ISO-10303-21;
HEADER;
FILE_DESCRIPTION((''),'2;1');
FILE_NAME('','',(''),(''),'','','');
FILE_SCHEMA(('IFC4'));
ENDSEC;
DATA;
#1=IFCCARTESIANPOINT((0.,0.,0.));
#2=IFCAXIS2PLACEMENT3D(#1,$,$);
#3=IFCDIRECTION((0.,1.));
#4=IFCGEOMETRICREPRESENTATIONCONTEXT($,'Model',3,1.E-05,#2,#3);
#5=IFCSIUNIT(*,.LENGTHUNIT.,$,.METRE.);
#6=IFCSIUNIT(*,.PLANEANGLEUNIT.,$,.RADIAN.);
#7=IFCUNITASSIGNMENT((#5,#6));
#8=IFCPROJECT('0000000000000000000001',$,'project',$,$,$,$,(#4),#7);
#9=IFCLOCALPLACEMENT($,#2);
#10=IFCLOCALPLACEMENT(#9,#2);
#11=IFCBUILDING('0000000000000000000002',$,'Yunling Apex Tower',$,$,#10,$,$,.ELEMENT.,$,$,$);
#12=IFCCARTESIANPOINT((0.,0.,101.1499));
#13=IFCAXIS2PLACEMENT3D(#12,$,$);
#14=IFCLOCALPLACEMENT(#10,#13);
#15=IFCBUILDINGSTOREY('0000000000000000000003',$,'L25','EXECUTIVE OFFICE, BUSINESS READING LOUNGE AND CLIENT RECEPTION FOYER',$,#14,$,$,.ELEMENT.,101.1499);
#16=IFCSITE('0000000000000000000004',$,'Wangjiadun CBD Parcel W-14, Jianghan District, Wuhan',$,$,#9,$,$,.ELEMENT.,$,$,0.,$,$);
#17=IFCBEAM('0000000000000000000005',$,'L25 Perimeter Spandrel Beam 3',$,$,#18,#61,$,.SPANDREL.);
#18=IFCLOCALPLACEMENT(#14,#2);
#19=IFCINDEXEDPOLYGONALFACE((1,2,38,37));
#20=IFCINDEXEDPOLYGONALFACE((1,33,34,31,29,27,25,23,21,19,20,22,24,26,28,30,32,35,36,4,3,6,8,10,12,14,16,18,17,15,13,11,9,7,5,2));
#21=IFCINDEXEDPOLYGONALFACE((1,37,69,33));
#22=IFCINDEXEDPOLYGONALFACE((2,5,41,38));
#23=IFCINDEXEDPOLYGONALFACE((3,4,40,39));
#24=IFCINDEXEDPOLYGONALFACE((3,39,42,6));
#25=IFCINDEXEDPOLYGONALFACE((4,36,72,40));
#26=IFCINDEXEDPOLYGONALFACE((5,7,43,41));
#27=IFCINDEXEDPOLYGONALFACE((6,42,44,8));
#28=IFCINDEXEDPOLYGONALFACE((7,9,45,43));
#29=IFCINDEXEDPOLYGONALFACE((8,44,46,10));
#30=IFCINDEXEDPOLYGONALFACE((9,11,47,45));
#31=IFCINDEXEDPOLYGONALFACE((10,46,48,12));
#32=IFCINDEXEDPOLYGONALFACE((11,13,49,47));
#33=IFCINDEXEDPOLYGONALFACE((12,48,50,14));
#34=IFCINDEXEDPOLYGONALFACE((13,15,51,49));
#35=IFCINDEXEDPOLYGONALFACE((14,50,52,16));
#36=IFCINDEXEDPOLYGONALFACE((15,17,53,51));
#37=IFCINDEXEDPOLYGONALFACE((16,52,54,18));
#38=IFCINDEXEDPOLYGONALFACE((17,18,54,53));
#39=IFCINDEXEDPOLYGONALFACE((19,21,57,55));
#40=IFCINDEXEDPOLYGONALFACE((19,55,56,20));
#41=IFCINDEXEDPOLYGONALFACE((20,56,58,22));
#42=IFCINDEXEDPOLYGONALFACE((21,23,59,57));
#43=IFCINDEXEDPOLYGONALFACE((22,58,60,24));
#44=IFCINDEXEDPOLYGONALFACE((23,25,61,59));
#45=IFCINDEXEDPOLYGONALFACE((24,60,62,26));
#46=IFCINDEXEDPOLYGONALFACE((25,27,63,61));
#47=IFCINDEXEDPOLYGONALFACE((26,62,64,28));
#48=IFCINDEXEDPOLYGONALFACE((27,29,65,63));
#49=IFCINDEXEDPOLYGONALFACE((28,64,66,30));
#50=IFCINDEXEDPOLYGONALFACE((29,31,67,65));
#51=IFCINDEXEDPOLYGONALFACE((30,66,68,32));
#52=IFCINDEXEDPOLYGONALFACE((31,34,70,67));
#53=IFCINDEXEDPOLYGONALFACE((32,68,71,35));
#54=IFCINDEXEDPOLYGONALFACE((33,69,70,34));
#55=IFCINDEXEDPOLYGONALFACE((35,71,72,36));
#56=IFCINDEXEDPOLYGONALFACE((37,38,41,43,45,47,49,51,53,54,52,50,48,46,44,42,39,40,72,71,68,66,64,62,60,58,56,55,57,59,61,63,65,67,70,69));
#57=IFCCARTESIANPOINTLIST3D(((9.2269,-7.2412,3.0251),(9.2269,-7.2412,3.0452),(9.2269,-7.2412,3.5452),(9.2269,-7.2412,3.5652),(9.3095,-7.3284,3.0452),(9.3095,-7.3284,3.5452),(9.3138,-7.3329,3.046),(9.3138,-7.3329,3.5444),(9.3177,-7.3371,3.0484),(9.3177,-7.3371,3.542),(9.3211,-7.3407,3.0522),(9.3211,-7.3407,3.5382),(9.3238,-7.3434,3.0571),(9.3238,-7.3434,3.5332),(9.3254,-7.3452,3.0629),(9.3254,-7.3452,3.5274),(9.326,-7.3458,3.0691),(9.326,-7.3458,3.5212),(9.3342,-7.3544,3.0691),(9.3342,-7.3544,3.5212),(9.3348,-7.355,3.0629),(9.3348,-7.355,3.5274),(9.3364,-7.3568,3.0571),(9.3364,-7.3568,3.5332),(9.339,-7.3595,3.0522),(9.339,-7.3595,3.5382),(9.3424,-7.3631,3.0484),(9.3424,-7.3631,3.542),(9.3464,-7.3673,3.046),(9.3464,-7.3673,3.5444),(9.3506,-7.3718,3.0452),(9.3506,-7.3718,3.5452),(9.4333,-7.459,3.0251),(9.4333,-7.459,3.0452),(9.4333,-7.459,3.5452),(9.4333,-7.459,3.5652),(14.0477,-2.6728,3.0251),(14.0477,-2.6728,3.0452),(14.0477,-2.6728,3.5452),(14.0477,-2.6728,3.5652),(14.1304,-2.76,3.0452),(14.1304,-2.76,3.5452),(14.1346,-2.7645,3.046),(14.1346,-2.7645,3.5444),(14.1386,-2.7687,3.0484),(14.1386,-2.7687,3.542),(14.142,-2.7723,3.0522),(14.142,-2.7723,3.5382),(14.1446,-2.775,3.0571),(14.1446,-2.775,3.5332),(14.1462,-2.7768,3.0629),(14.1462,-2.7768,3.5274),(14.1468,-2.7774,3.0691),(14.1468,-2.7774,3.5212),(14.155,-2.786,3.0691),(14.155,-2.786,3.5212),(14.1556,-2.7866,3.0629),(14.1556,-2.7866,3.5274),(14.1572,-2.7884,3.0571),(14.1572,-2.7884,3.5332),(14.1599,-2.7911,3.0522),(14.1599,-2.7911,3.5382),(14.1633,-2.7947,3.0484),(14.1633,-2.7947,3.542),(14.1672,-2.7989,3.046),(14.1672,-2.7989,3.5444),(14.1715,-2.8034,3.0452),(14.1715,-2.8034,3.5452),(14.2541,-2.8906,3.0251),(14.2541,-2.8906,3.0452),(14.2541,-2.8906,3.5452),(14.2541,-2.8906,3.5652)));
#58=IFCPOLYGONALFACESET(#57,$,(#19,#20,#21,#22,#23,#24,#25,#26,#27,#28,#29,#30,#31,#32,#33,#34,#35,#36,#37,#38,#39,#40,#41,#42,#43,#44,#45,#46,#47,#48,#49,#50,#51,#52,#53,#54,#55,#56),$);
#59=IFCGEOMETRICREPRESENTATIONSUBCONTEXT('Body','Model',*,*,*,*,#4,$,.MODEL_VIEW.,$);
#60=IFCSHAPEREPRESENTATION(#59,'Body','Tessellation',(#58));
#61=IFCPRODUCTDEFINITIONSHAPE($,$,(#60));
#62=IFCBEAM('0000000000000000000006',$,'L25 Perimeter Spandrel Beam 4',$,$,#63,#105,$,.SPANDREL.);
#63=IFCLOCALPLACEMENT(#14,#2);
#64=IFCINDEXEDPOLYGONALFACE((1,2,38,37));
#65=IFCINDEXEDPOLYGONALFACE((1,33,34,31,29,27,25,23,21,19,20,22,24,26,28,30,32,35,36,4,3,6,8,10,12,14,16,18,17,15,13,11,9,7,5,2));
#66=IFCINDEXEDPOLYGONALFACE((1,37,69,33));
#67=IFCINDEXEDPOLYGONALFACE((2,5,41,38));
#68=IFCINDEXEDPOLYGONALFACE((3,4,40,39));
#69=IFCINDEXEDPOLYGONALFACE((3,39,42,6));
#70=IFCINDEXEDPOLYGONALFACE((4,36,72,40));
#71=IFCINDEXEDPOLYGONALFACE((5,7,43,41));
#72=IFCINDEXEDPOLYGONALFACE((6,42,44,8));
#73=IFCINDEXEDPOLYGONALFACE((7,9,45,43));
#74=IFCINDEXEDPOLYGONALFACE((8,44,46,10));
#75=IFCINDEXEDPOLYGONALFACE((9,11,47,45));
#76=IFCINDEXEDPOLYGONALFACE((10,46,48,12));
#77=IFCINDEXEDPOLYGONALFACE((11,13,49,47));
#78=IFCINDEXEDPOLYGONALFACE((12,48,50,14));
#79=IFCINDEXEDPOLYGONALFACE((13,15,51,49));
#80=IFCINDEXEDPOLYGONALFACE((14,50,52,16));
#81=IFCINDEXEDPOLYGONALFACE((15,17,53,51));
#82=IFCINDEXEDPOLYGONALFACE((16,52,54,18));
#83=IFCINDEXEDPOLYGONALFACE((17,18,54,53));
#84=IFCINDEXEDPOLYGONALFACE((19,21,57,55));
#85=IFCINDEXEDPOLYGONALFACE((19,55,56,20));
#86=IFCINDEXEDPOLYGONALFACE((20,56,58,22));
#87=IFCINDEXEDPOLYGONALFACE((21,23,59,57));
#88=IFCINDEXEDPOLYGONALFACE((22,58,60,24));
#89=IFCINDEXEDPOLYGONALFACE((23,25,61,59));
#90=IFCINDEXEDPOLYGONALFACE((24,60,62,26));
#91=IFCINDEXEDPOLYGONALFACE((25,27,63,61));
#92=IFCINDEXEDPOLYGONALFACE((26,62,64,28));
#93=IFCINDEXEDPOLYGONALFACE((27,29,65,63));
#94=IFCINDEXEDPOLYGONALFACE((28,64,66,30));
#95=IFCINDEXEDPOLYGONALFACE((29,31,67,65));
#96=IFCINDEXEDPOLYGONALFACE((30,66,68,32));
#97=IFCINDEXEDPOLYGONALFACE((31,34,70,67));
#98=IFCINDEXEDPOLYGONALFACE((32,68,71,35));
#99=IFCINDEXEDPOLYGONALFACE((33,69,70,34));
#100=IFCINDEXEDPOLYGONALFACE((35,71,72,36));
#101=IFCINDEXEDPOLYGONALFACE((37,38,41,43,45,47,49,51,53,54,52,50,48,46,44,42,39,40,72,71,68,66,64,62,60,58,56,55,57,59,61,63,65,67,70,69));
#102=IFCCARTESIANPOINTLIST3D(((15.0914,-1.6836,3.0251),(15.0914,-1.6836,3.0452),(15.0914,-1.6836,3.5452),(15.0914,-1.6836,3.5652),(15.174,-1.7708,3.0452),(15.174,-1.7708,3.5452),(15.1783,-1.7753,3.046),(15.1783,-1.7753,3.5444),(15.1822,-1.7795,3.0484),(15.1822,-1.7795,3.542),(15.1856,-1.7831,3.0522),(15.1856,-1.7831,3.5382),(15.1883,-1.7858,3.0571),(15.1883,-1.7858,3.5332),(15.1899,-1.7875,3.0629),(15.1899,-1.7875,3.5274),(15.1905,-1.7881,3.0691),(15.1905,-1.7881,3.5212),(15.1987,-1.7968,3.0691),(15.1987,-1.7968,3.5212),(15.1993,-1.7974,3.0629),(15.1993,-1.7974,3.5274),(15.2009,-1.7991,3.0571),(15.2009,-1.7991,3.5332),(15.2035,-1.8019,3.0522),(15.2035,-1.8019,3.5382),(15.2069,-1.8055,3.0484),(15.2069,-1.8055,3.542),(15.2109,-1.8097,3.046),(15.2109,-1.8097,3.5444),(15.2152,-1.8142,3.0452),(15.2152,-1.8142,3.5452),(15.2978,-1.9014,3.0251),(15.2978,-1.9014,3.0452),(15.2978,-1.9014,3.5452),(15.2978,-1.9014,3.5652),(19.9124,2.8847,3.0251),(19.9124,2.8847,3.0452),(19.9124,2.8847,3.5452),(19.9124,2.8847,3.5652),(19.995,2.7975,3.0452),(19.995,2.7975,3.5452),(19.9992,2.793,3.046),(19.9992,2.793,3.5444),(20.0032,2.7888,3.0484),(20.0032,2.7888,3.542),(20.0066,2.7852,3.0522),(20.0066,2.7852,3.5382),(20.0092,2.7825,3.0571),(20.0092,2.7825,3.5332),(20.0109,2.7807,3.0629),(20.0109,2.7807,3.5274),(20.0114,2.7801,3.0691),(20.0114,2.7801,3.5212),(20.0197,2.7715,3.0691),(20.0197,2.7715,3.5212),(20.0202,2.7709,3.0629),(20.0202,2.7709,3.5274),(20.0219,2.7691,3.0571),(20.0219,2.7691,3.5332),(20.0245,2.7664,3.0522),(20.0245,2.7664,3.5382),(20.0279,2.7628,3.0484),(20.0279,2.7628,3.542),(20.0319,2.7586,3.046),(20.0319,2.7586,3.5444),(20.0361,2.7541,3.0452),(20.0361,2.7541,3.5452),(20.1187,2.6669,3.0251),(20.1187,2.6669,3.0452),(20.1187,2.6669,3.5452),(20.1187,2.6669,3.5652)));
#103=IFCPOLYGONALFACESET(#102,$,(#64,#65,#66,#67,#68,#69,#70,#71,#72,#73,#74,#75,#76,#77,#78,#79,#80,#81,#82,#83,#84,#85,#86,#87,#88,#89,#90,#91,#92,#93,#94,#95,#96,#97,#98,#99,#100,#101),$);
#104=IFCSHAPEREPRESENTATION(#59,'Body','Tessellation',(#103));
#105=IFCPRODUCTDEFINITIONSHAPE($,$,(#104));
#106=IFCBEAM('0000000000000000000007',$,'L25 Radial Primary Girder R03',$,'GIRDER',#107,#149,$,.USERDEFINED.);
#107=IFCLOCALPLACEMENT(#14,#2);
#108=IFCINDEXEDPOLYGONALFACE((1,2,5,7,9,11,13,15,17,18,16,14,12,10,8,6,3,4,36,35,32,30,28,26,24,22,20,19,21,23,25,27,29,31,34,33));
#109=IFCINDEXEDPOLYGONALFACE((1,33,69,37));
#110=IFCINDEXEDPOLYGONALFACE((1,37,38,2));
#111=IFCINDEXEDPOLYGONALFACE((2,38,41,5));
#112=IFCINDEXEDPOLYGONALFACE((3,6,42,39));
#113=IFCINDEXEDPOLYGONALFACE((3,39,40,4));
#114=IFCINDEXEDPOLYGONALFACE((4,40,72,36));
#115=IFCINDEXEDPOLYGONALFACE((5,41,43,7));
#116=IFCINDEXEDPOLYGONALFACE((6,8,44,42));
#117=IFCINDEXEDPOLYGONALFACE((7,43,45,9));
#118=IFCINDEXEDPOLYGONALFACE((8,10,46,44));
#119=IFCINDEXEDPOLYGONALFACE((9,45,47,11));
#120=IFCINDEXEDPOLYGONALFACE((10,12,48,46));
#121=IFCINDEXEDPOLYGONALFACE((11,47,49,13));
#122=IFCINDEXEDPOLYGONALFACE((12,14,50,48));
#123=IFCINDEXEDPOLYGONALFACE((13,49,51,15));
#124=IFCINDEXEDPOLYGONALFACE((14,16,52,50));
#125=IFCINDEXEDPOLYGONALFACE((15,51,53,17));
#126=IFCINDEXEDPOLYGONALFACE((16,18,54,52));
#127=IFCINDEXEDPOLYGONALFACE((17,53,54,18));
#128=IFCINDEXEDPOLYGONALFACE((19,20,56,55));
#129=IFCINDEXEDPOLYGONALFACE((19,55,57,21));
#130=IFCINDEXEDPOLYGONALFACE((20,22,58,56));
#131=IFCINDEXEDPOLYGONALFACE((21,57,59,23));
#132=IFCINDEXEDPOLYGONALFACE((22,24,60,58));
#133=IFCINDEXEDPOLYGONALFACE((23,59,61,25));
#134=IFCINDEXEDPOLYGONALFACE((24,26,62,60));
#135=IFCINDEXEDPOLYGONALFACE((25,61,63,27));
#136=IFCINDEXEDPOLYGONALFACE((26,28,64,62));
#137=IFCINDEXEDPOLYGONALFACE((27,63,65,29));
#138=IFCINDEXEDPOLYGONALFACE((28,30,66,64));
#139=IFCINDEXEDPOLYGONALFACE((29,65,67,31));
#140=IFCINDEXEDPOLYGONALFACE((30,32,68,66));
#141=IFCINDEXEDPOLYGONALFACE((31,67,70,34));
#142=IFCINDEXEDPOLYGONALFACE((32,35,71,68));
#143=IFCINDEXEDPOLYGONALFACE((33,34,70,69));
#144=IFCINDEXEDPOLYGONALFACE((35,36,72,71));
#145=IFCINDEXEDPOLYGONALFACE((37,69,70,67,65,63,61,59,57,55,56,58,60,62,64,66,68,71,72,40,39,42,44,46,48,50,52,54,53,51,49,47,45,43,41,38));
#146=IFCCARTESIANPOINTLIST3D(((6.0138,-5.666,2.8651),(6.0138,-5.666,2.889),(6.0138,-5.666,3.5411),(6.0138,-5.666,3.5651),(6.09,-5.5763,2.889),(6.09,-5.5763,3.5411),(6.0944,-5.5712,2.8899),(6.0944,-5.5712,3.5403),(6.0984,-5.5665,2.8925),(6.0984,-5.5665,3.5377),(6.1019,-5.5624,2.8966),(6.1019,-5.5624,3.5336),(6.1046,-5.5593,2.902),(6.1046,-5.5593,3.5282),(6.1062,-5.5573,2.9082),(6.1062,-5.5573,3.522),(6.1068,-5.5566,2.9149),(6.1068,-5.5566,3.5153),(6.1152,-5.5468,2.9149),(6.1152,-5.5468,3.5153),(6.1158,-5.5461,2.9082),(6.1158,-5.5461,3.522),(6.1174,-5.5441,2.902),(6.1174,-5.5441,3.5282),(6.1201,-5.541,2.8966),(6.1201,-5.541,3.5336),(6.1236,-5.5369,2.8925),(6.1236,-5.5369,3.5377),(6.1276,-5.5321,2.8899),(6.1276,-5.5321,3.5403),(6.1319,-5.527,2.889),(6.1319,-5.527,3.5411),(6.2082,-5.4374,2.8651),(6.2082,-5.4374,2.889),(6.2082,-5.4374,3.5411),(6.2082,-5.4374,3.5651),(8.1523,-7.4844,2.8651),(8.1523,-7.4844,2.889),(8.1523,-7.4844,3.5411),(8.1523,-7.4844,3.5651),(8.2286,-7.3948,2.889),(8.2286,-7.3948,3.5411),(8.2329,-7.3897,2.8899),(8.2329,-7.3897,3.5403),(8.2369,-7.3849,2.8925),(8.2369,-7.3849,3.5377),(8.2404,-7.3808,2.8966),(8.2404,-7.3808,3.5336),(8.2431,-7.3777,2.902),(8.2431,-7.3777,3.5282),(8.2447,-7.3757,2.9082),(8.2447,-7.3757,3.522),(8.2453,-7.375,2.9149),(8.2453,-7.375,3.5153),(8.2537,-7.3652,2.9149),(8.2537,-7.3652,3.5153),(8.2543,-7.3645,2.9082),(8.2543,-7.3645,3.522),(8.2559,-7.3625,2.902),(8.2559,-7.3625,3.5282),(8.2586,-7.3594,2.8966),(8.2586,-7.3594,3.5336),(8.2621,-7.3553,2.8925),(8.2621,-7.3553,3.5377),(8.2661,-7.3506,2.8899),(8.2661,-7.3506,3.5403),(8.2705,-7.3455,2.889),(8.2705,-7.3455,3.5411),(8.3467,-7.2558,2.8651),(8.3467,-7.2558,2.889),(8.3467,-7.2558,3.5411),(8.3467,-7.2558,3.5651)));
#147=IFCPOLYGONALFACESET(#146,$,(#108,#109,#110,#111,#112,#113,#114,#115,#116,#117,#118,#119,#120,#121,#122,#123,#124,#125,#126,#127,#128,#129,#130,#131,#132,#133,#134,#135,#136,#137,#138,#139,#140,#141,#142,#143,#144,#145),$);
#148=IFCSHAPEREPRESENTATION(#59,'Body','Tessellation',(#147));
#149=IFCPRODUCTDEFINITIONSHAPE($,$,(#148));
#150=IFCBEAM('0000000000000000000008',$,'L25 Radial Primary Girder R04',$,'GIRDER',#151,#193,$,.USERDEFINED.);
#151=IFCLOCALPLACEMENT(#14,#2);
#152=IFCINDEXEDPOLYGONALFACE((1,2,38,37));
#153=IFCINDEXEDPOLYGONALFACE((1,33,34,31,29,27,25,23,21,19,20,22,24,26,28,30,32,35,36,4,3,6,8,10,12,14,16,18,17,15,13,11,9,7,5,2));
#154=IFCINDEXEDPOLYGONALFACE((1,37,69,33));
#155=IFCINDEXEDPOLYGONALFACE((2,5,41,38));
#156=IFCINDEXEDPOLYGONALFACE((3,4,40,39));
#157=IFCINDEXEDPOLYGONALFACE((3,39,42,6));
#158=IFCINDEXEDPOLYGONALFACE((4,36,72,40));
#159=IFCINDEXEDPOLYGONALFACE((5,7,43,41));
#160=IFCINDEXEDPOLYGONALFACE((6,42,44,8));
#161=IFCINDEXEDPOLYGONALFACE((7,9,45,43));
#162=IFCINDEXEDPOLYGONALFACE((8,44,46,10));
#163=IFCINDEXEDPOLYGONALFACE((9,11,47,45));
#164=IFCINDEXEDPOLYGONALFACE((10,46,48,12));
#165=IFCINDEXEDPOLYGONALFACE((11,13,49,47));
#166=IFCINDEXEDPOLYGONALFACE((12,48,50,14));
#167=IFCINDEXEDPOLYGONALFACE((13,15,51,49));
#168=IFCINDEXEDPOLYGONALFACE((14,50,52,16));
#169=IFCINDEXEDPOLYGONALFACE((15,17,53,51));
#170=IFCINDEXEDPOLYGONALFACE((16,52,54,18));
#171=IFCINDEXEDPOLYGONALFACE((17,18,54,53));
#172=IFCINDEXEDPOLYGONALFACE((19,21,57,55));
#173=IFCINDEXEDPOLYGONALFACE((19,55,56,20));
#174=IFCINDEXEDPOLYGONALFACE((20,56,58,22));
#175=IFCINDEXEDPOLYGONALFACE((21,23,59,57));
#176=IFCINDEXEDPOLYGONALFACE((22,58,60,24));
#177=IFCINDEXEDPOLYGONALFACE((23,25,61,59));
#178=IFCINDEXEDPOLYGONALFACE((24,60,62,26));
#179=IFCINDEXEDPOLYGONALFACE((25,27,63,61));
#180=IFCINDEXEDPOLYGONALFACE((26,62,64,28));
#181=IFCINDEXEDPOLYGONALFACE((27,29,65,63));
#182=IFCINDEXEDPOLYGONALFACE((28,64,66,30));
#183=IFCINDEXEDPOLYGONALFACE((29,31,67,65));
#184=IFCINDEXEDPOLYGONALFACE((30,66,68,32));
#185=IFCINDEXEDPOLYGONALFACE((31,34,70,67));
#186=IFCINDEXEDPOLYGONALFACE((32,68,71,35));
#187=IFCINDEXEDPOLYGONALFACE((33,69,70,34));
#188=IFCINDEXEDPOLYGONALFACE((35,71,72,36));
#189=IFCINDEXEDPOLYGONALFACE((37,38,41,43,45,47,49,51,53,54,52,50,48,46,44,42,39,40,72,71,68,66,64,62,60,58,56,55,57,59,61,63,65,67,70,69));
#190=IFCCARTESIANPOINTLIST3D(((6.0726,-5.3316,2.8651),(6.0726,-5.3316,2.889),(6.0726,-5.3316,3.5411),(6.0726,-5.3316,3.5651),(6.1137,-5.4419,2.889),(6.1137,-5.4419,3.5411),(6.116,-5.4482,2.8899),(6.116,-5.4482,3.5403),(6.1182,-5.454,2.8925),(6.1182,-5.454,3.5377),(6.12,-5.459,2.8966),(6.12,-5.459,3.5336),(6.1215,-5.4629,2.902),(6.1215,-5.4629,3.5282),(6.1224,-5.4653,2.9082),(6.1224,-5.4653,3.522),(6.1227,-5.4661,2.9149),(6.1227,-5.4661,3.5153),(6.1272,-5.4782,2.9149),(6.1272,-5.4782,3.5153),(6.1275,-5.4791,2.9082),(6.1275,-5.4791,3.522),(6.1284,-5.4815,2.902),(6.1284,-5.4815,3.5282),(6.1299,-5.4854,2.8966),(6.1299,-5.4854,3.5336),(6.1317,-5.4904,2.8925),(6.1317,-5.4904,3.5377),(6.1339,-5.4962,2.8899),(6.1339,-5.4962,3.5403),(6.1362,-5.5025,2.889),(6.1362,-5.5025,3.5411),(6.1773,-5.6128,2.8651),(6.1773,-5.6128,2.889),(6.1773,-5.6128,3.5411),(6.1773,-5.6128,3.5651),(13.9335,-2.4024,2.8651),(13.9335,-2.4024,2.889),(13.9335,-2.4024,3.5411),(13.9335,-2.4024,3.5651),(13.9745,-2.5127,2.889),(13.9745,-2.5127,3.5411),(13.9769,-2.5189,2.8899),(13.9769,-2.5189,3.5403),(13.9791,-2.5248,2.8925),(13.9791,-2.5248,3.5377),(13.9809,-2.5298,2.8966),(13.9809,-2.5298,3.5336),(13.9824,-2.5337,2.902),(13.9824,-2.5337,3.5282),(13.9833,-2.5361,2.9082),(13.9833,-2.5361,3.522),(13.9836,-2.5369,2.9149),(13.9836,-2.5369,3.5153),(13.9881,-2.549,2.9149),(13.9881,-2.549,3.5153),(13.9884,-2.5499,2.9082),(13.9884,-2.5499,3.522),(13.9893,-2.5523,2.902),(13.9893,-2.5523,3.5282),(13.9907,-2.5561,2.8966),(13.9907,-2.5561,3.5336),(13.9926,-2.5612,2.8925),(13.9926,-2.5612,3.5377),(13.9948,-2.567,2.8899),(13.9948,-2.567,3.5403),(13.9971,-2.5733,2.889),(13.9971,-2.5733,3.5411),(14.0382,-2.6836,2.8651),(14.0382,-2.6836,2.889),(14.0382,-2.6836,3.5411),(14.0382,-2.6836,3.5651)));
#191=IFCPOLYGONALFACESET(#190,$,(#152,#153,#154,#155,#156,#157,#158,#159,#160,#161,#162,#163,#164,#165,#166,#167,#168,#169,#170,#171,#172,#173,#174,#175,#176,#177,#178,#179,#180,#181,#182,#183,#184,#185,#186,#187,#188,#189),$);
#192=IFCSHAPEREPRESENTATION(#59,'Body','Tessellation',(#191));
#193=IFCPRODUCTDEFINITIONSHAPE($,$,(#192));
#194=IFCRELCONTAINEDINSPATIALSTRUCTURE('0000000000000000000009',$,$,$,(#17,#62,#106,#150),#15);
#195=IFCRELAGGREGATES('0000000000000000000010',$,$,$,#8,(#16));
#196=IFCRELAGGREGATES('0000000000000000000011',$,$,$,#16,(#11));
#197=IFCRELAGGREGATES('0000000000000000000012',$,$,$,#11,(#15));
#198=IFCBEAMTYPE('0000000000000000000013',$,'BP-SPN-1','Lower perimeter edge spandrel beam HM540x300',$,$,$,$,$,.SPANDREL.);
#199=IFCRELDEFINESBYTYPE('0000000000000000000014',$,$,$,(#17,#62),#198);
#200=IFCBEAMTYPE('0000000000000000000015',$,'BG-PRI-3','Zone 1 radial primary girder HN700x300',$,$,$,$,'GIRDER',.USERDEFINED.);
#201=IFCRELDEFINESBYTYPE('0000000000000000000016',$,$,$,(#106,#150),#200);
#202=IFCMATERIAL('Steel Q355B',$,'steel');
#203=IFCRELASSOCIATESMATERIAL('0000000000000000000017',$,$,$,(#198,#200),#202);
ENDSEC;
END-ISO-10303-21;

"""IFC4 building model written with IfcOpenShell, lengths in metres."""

from ifc_helpers import new_model, si_unit, direction, frame, origin, origin_2d, place, context, subcontext, project, spatial, i_section, extrude, source, transform, mapped, material, material_profile, profile_set, type_object, element, save


model = new_model("IFC4")

# Units and contexts
model_context = context("Model", 3, precision=1e-05, world=origin(), true_north=direction((0.0, 1.0)))
body_context = subcontext(model_context, "Body", "Model", "MODEL_VIEW")
ifc_project = project(units=[si_unit("LENGTHUNIT", "METRE"), si_unit("PLANEANGLEUNIT", "RADIAN")], contexts=[model_context])

# Site, building, storey
site_placement = place(None, origin())
site = spatial("IfcSite", under=ifc_project, at=site_placement, Name="Wangjiadun CBD Parcel W-14, Jianghan District, Wuhan", CompositionType="ELEMENT", RefElevation=0.0)
building_placement = place(site_placement, origin())
building = spatial("IfcBuilding", under=site, at=building_placement, Name="Yunling Apex Tower", CompositionType="ELEMENT")
storey_placement = place(building_placement, frame((0.0, 0.0, 101.1499)))
storey = spatial("IfcBuildingStorey", under=building, at=storey_placement, Name="L25", Description="EXECUTIVE OFFICE, BUSINESS READING LOUNGE AND CLIENT RECEPTION FOYER", CompositionType="ELEMENT", Elevation=101.1499)

# Beams
ifc_material_1 = material(Name="Steel Q355B", Category="steel")
ifc_material_profile_1 = material_profile(ifc_material_1, i_section(OverallWidth=0.3, OverallDepth=0.54, WebThickness=0.012, FlangeThickness=0.02, FilletRadius=0.0239, at=origin_2d()))
ifc_profile_set_1 = profile_set([ifc_material_profile_1], Name="Steel Q355B")
beam_type_1 = type_object("IfcBeamType", Name="BP-SPN-1", Description="Lower perimeter edge spandrel beam HM540x300", PredefinedType="SPANDREL", material=ifc_profile_set_1)
shared_shape_1 = source(origin(), body_context, "Body", "SweptSolid", [
    extrude(i_section(OverallWidth=0.3, OverallDepth=0.54, WebThickness=0.012, FlangeThickness=0.02, FilletRadius=0.0239, at=origin_2d()), origin(), (0.0, 0.0, 1.0), 6.6416),
])
for number, where, z_axis, x_axis, name in (
    (1, (9.3301, -7.3501, 3.2952), (0.725856, 0.687847, 0.0), (-0.687847, 0.725856, 0.0), "L25 Perimeter Spandrel Beam 3"),
    (2, (15.1946, -1.7925, 3.2952), (0.725873, 0.687828, 0.0), (-0.687828, 0.725873, 0.0), "L25 Perimeter Spandrel Beam 4"),
):
    element("IfcBeam", number, at=place(storey_placement, frame(where, z_axis=z_axis, x_axis=x_axis)), inside=storey, type_object=beam_type_1, Name=name, PredefinedType="SPANDREL", context=body_context, shape_type="MappedRepresentation", body=[
        mapped(shared_shape_1, transform((0.0, 0.0, 0.0), scale=1.0)),
    ])
ifc_material_profile_2 = material_profile(ifc_material_1, i_section(OverallWidth=0.3, OverallDepth=0.7, WebThickness=0.0129, FlangeThickness=0.0239, FilletRadius=0.0259, at=origin_2d()))
ifc_profile_set_2 = profile_set([ifc_material_profile_2], Name="Steel Q355B")
beam_type_2 = type_object("IfcBeamType", Name="BG-PRI-3", Description="Zone 1 radial primary girder HN700x300", ElementType="GIRDER", PredefinedType="USERDEFINED", material=ifc_profile_set_2)
shared_shape_2 = source(origin(), body_context, "Body", "SweptSolid", [
    extrude(i_section(OverallWidth=0.3, OverallDepth=0.7, WebThickness=0.0129, FlangeThickness=0.0239, FilletRadius=0.0259, at=origin_2d()), origin(), (0.0, 0.0, 1.0), 2.8071),
])
beam_1_placement = place(storey_placement, frame((8.2495, -7.3701, 3.2151), z_axis=(-0.761817, 0.647792, 0.0), x_axis=(-0.647792, -0.761817, 0.0)))
element("IfcBeam", 3, at=beam_1_placement, inside=storey, type_object=beam_type_2, Name="L25 Radial Primary Girder R03", ObjectType="GIRDER", PredefinedType="USERDEFINED", context=body_context, shape_type="MappedRepresentation", body=[
    mapped(shared_shape_2, transform((0.0, 0.0, 0.0), scale=1.0)),
])
shared_shape_3 = source(origin(), body_context, "Body", "SweptSolid", [
    extrude(i_section(OverallWidth=0.3, OverallDepth=0.7, WebThickness=0.0129, FlangeThickness=0.0239, FilletRadius=0.0259, at=origin_2d()), origin(), (0.0, 0.0, 1.0), 8.3889),
])
beam_2_placement = place(storey_placement, frame((13.9858, -2.543, 3.2151), z_axis=(-0.937057, -0.349177, 0.0), x_axis=(0.349177, -0.937057, 0.0)))
element("IfcBeam", 4, at=beam_2_placement, inside=storey, type_object=beam_type_2, Name="L25 Radial Primary Girder R04", ObjectType="GIRDER", PredefinedType="USERDEFINED", context=body_context, shape_type="MappedRepresentation", body=[
    mapped(shared_shape_3, transform((0.0, 0.0, 0.0), scale=1.0)),
])

save(model, "model.ifc")
